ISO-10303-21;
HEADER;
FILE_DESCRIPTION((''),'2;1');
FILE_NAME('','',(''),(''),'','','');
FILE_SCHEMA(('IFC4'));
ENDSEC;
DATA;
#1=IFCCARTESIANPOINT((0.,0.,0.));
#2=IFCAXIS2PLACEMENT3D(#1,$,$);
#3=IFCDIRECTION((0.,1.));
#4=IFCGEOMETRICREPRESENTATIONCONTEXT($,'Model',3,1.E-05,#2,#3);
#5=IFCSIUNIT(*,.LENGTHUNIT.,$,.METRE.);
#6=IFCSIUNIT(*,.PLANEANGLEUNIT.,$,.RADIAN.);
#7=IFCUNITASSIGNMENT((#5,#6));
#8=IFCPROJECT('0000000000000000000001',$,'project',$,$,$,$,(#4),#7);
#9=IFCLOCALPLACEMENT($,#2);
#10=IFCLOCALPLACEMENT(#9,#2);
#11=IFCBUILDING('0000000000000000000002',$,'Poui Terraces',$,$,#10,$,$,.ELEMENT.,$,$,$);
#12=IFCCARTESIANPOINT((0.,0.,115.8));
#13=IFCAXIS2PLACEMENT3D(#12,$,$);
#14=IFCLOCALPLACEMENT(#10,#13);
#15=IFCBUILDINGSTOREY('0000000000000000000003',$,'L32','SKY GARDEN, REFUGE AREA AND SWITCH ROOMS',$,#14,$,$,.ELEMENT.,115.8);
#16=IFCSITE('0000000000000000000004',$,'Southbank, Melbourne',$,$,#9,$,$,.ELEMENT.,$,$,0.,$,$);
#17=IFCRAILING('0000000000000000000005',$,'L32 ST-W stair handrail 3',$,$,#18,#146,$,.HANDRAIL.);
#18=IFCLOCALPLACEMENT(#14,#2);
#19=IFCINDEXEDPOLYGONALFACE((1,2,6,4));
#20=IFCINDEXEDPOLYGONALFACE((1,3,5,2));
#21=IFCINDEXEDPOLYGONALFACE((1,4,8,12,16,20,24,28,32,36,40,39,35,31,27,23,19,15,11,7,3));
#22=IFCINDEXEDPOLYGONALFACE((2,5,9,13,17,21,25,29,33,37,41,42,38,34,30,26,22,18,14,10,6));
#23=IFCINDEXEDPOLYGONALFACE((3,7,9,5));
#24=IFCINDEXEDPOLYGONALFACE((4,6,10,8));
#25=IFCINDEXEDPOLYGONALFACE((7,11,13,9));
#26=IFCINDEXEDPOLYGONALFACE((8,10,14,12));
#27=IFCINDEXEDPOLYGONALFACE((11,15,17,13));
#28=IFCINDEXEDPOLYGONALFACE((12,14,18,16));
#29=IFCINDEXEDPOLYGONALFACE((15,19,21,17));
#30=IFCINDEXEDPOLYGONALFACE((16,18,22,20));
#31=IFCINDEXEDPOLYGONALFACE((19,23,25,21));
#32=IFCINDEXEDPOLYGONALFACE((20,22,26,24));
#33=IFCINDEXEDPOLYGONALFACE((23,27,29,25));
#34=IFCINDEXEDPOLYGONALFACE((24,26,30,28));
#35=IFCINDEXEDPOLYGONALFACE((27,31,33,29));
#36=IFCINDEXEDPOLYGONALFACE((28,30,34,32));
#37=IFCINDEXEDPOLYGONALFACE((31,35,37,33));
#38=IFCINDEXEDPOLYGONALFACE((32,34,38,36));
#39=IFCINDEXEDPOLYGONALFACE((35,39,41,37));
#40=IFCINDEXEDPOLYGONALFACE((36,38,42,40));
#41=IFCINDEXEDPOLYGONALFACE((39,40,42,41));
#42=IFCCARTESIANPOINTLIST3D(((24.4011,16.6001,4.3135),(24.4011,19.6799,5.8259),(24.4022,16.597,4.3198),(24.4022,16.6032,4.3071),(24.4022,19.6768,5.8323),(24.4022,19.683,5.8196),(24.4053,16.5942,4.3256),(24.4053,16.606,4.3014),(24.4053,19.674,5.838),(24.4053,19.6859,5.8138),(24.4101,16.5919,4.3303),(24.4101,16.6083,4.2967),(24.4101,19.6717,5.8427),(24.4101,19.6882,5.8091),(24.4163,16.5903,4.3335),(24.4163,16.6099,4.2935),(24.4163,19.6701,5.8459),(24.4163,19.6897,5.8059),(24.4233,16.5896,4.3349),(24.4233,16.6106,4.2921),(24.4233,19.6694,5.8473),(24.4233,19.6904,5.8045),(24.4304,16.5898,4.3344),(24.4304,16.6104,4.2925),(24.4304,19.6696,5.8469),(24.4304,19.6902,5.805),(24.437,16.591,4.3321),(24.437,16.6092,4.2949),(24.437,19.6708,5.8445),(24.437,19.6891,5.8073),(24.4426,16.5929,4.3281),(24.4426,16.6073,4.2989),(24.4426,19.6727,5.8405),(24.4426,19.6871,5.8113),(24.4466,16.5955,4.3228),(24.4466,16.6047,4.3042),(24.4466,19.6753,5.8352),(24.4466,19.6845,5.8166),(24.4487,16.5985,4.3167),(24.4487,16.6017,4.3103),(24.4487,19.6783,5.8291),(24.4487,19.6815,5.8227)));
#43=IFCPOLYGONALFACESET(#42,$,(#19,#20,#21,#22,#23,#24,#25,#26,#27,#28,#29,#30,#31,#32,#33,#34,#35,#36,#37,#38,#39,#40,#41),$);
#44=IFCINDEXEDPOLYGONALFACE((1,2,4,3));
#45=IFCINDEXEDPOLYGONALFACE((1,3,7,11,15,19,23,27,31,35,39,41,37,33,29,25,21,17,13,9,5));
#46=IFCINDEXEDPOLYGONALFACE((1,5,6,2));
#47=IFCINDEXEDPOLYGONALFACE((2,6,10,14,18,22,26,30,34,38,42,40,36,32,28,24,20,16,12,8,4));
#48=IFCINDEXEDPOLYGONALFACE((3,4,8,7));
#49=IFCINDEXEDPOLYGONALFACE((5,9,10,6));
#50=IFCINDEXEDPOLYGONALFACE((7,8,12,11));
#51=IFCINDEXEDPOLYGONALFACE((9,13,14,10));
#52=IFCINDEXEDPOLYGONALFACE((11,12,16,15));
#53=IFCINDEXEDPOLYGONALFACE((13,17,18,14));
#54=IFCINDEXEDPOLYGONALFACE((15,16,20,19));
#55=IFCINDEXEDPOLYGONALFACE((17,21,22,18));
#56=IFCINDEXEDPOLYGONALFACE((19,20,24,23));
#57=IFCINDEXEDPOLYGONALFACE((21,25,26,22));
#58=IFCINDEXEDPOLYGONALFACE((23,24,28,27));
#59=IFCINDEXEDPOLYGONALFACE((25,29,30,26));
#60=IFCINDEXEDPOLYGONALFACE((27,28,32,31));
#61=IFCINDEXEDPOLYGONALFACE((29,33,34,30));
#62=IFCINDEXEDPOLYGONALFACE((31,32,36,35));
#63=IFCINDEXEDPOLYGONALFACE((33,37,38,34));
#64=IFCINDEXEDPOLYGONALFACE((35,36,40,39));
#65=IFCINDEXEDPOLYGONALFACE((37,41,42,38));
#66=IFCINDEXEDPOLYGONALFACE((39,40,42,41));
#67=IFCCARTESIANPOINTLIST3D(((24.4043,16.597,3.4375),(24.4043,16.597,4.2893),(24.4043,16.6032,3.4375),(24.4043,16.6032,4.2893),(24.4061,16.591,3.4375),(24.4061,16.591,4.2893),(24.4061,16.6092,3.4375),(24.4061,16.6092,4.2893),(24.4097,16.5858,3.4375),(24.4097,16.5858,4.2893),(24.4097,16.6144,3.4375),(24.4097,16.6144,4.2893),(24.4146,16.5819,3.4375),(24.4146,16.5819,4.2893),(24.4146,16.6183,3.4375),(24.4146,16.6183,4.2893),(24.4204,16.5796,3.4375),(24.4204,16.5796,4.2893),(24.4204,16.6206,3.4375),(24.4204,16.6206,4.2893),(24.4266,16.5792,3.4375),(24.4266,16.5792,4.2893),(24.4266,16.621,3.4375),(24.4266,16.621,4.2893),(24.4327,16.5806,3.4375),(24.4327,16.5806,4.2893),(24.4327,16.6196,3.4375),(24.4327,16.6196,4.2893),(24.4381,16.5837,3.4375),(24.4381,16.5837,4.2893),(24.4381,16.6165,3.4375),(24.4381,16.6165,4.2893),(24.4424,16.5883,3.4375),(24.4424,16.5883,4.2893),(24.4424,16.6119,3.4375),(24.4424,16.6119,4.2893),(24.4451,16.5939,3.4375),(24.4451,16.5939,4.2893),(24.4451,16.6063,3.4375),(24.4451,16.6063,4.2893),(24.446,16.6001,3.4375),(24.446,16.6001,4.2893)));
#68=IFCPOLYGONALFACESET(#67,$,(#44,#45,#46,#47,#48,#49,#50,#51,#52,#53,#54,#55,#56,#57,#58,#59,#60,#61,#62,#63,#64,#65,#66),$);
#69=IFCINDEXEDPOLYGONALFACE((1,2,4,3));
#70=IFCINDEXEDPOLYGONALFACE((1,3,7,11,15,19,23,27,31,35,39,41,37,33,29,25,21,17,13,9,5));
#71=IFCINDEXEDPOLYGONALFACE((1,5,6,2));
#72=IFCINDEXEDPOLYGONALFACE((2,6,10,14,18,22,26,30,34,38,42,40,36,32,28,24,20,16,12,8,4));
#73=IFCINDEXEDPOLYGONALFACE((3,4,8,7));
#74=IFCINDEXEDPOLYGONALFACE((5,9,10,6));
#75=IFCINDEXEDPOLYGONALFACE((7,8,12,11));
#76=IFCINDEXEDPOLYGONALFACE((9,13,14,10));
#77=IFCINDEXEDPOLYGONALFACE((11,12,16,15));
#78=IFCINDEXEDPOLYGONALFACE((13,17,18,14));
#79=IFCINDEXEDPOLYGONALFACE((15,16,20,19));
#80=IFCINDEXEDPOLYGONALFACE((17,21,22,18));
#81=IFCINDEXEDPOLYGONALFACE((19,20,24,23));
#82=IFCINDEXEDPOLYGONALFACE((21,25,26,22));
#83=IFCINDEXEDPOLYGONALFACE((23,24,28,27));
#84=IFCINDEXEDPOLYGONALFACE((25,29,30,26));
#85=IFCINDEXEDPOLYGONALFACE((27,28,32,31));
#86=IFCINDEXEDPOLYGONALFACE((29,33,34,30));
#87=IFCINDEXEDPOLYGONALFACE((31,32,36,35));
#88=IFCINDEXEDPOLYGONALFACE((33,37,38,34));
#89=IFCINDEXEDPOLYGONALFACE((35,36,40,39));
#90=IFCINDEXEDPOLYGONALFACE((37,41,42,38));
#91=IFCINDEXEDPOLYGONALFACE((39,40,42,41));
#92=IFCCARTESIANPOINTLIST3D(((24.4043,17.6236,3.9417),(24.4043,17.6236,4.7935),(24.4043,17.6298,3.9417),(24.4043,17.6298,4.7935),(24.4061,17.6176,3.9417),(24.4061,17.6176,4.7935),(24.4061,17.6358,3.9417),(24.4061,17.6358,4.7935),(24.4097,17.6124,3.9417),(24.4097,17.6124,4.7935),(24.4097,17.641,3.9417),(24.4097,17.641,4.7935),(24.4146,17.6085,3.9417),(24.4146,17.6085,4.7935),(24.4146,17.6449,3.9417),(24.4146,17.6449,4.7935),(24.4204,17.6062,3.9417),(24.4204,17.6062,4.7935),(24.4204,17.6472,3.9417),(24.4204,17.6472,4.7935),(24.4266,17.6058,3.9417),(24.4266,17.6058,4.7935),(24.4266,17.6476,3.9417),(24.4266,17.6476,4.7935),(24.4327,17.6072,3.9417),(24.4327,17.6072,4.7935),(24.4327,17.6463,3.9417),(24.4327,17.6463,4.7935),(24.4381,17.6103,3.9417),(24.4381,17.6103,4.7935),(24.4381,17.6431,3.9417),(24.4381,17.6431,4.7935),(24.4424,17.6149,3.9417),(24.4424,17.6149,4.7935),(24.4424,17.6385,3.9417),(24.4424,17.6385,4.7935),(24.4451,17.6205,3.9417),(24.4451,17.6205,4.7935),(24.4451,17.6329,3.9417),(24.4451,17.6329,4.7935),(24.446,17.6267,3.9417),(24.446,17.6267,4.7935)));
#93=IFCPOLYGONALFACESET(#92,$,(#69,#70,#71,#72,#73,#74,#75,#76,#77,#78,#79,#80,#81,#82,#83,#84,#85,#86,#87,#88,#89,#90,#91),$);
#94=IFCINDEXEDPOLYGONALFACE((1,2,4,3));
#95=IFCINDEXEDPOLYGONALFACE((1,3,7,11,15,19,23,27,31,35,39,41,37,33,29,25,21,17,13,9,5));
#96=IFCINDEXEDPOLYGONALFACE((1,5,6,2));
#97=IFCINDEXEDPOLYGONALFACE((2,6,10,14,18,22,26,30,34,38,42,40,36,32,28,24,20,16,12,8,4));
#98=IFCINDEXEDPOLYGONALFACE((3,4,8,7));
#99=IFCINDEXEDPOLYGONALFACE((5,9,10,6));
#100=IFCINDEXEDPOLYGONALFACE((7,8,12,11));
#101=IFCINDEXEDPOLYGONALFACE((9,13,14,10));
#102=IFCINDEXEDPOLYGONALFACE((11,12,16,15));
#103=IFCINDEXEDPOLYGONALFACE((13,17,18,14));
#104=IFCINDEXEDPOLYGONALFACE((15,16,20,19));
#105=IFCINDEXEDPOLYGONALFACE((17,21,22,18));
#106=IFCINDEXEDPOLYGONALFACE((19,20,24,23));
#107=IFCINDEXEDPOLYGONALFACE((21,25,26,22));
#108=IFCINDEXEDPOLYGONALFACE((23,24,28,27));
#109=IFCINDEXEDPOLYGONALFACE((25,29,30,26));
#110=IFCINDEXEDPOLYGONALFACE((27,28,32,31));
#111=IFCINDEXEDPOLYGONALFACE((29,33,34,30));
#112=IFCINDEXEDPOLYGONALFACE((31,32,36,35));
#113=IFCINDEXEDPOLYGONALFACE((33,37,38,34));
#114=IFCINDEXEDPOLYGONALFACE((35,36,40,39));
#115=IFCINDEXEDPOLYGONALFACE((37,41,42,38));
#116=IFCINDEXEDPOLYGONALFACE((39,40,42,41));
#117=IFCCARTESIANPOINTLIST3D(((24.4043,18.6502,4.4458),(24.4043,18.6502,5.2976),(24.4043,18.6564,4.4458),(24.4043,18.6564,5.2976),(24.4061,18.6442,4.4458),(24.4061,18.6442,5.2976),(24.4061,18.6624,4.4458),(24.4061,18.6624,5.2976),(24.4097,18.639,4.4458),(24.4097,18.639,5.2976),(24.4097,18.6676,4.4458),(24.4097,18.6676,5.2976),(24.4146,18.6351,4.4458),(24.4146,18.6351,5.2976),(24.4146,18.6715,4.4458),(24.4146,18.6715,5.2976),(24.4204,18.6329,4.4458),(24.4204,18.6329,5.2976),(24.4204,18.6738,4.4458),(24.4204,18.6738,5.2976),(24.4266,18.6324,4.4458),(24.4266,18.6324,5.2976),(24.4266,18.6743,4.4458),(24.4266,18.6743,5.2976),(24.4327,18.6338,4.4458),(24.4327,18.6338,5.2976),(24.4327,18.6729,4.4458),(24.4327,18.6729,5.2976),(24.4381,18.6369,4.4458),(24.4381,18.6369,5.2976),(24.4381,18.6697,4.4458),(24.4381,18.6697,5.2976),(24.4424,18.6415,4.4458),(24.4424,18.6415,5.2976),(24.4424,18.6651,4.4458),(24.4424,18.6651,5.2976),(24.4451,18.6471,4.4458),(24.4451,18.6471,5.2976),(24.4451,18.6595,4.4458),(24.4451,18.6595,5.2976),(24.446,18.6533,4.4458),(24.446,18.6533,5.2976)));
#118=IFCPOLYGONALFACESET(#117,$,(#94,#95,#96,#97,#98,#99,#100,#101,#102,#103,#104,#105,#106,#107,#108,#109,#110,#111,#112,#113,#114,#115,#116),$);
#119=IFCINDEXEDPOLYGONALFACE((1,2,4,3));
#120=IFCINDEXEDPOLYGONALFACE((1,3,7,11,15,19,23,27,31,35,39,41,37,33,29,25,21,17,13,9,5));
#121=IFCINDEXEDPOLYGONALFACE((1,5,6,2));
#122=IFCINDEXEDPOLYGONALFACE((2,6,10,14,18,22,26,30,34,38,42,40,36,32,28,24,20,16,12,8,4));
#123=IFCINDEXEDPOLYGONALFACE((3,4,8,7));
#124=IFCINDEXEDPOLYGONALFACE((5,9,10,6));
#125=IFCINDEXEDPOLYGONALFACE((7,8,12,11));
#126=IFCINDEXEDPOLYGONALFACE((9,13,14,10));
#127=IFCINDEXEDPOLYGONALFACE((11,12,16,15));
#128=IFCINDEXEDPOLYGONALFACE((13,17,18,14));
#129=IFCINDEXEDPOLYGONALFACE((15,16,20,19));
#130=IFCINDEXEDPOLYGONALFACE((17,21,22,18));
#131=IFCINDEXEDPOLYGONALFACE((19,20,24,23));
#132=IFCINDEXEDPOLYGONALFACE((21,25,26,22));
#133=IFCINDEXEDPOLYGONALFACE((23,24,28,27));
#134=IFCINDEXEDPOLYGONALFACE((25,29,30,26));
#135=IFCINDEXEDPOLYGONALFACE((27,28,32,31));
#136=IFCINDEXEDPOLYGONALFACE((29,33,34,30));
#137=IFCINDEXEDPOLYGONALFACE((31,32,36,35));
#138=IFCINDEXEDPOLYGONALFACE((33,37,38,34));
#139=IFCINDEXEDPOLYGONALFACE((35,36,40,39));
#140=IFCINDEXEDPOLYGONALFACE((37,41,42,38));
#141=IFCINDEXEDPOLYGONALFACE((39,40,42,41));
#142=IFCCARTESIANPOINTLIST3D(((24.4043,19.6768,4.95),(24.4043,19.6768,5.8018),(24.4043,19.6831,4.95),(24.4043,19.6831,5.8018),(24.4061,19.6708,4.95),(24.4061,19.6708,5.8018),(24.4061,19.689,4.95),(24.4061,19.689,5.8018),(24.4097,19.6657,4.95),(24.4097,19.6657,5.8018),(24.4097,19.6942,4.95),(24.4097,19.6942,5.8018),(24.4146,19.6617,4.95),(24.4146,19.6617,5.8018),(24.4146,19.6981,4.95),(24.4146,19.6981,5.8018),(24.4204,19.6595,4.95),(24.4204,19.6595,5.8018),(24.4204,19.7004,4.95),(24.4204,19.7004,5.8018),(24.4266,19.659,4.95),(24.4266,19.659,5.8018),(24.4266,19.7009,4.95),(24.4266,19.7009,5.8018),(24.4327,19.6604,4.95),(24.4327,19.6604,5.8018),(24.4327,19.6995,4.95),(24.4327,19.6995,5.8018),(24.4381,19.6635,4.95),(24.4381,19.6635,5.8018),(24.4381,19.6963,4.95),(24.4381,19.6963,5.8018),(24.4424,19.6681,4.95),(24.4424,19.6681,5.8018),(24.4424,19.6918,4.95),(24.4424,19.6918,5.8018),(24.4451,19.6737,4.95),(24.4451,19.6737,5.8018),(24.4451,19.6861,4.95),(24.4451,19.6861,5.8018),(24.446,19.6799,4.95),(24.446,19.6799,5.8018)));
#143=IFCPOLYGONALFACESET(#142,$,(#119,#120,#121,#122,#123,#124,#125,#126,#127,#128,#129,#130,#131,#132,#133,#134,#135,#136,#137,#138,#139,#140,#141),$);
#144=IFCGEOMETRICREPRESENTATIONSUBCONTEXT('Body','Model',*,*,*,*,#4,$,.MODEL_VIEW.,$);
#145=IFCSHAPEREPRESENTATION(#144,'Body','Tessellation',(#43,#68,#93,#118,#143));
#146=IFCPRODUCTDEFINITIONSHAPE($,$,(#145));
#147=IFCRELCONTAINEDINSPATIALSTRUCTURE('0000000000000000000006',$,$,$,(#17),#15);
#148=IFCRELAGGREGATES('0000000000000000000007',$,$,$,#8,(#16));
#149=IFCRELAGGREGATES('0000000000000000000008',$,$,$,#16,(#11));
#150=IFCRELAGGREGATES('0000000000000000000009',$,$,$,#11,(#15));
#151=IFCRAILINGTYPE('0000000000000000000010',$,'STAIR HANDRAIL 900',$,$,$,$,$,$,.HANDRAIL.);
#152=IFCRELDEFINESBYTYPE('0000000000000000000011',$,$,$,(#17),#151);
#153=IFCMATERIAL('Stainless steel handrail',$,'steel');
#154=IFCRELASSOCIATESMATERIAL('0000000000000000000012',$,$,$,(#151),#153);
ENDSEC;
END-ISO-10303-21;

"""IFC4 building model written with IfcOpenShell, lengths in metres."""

from ifc_helpers import new_model, si_unit, direction, frame, origin, origin_2d, place, context, subcontext, project, spatial, circle, extrude, material, type_object, element, save


model = new_model("IFC4")

# Units and contexts
model_context = context("Model", 3, precision=1e-05, world=origin(), true_north=direction((0.0, 1.0)))
body_context = subcontext(model_context, "Body", "Model", "MODEL_VIEW")
ifc_project = project(units=[si_unit("LENGTHUNIT", "METRE"), si_unit("PLANEANGLEUNIT", "RADIAN")], contexts=[model_context])

# Site, building, storey
site_placement = place(None, origin())
site = spatial("IfcSite", under=ifc_project, at=site_placement, Name="Southbank, Melbourne", CompositionType="ELEMENT", RefElevation=0.0)
building_placement = place(site_placement, origin())
building = spatial("IfcBuilding", under=site, at=building_placement, Name="Poui Terraces", CompositionType="ELEMENT")
storey_placement = place(building_placement, frame((0.0, 0.0, 115.8)))
storey = spatial("IfcBuildingStorey", under=building, at=storey_placement, Name="L32", Description="SKY GARDEN, REFUGE AREA AND SWITCH ROOMS", CompositionType="ELEMENT", Elevation=115.8)

# Railing
ifc_material_1 = material(Name="Stainless steel handrail", Category="steel")
railing_type_1 = type_object("IfcRailingType", Name="STAIR HANDRAIL 900", PredefinedType="HANDRAIL", material=ifc_material_1)
for number, where, name in (
    (1, (24.425, 16.6001, 3.4375), "L32 ST-W stair handrail 3"),
):
    element("IfcRailing", number, at=place(storey_placement, frame(where)), inside=storey, type_object=railing_type_1, Name=name, PredefinedType="HANDRAIL", context=body_context, shape_type="SweptSolid", body=[
        extrude(circle(Radius=0.0239, at=origin_2d()), frame((0.0, 0.0, 0.876), z_axis=(0.0, 0.897606, 0.440798), x_axis=(-1.0, 0.0, 0.0)), (0.0, 0.0, 1.0), 3.4312),
        extrude(circle(Radius=0.021, at=origin_2d()), origin(), (0.0, 0.0, 1.0), 0.8518),
        extrude(circle(Radius=0.021, at=origin_2d()), frame((0.0, 1.0266, 0.5042)), (0.0, 0.0, 1.0), 0.8518),
        extrude(circle(Radius=0.021, at=origin_2d()), frame((0.0, 2.0532, 1.0083)), (0.0, 0.0, 1.0), 0.8518),
        extrude(circle(Radius=0.021, at=origin_2d()), frame((0.0, 3.0798, 1.5125)), (0.0, 0.0, 1.0), 0.8518),
    ])

save(model, "model.ifc")
